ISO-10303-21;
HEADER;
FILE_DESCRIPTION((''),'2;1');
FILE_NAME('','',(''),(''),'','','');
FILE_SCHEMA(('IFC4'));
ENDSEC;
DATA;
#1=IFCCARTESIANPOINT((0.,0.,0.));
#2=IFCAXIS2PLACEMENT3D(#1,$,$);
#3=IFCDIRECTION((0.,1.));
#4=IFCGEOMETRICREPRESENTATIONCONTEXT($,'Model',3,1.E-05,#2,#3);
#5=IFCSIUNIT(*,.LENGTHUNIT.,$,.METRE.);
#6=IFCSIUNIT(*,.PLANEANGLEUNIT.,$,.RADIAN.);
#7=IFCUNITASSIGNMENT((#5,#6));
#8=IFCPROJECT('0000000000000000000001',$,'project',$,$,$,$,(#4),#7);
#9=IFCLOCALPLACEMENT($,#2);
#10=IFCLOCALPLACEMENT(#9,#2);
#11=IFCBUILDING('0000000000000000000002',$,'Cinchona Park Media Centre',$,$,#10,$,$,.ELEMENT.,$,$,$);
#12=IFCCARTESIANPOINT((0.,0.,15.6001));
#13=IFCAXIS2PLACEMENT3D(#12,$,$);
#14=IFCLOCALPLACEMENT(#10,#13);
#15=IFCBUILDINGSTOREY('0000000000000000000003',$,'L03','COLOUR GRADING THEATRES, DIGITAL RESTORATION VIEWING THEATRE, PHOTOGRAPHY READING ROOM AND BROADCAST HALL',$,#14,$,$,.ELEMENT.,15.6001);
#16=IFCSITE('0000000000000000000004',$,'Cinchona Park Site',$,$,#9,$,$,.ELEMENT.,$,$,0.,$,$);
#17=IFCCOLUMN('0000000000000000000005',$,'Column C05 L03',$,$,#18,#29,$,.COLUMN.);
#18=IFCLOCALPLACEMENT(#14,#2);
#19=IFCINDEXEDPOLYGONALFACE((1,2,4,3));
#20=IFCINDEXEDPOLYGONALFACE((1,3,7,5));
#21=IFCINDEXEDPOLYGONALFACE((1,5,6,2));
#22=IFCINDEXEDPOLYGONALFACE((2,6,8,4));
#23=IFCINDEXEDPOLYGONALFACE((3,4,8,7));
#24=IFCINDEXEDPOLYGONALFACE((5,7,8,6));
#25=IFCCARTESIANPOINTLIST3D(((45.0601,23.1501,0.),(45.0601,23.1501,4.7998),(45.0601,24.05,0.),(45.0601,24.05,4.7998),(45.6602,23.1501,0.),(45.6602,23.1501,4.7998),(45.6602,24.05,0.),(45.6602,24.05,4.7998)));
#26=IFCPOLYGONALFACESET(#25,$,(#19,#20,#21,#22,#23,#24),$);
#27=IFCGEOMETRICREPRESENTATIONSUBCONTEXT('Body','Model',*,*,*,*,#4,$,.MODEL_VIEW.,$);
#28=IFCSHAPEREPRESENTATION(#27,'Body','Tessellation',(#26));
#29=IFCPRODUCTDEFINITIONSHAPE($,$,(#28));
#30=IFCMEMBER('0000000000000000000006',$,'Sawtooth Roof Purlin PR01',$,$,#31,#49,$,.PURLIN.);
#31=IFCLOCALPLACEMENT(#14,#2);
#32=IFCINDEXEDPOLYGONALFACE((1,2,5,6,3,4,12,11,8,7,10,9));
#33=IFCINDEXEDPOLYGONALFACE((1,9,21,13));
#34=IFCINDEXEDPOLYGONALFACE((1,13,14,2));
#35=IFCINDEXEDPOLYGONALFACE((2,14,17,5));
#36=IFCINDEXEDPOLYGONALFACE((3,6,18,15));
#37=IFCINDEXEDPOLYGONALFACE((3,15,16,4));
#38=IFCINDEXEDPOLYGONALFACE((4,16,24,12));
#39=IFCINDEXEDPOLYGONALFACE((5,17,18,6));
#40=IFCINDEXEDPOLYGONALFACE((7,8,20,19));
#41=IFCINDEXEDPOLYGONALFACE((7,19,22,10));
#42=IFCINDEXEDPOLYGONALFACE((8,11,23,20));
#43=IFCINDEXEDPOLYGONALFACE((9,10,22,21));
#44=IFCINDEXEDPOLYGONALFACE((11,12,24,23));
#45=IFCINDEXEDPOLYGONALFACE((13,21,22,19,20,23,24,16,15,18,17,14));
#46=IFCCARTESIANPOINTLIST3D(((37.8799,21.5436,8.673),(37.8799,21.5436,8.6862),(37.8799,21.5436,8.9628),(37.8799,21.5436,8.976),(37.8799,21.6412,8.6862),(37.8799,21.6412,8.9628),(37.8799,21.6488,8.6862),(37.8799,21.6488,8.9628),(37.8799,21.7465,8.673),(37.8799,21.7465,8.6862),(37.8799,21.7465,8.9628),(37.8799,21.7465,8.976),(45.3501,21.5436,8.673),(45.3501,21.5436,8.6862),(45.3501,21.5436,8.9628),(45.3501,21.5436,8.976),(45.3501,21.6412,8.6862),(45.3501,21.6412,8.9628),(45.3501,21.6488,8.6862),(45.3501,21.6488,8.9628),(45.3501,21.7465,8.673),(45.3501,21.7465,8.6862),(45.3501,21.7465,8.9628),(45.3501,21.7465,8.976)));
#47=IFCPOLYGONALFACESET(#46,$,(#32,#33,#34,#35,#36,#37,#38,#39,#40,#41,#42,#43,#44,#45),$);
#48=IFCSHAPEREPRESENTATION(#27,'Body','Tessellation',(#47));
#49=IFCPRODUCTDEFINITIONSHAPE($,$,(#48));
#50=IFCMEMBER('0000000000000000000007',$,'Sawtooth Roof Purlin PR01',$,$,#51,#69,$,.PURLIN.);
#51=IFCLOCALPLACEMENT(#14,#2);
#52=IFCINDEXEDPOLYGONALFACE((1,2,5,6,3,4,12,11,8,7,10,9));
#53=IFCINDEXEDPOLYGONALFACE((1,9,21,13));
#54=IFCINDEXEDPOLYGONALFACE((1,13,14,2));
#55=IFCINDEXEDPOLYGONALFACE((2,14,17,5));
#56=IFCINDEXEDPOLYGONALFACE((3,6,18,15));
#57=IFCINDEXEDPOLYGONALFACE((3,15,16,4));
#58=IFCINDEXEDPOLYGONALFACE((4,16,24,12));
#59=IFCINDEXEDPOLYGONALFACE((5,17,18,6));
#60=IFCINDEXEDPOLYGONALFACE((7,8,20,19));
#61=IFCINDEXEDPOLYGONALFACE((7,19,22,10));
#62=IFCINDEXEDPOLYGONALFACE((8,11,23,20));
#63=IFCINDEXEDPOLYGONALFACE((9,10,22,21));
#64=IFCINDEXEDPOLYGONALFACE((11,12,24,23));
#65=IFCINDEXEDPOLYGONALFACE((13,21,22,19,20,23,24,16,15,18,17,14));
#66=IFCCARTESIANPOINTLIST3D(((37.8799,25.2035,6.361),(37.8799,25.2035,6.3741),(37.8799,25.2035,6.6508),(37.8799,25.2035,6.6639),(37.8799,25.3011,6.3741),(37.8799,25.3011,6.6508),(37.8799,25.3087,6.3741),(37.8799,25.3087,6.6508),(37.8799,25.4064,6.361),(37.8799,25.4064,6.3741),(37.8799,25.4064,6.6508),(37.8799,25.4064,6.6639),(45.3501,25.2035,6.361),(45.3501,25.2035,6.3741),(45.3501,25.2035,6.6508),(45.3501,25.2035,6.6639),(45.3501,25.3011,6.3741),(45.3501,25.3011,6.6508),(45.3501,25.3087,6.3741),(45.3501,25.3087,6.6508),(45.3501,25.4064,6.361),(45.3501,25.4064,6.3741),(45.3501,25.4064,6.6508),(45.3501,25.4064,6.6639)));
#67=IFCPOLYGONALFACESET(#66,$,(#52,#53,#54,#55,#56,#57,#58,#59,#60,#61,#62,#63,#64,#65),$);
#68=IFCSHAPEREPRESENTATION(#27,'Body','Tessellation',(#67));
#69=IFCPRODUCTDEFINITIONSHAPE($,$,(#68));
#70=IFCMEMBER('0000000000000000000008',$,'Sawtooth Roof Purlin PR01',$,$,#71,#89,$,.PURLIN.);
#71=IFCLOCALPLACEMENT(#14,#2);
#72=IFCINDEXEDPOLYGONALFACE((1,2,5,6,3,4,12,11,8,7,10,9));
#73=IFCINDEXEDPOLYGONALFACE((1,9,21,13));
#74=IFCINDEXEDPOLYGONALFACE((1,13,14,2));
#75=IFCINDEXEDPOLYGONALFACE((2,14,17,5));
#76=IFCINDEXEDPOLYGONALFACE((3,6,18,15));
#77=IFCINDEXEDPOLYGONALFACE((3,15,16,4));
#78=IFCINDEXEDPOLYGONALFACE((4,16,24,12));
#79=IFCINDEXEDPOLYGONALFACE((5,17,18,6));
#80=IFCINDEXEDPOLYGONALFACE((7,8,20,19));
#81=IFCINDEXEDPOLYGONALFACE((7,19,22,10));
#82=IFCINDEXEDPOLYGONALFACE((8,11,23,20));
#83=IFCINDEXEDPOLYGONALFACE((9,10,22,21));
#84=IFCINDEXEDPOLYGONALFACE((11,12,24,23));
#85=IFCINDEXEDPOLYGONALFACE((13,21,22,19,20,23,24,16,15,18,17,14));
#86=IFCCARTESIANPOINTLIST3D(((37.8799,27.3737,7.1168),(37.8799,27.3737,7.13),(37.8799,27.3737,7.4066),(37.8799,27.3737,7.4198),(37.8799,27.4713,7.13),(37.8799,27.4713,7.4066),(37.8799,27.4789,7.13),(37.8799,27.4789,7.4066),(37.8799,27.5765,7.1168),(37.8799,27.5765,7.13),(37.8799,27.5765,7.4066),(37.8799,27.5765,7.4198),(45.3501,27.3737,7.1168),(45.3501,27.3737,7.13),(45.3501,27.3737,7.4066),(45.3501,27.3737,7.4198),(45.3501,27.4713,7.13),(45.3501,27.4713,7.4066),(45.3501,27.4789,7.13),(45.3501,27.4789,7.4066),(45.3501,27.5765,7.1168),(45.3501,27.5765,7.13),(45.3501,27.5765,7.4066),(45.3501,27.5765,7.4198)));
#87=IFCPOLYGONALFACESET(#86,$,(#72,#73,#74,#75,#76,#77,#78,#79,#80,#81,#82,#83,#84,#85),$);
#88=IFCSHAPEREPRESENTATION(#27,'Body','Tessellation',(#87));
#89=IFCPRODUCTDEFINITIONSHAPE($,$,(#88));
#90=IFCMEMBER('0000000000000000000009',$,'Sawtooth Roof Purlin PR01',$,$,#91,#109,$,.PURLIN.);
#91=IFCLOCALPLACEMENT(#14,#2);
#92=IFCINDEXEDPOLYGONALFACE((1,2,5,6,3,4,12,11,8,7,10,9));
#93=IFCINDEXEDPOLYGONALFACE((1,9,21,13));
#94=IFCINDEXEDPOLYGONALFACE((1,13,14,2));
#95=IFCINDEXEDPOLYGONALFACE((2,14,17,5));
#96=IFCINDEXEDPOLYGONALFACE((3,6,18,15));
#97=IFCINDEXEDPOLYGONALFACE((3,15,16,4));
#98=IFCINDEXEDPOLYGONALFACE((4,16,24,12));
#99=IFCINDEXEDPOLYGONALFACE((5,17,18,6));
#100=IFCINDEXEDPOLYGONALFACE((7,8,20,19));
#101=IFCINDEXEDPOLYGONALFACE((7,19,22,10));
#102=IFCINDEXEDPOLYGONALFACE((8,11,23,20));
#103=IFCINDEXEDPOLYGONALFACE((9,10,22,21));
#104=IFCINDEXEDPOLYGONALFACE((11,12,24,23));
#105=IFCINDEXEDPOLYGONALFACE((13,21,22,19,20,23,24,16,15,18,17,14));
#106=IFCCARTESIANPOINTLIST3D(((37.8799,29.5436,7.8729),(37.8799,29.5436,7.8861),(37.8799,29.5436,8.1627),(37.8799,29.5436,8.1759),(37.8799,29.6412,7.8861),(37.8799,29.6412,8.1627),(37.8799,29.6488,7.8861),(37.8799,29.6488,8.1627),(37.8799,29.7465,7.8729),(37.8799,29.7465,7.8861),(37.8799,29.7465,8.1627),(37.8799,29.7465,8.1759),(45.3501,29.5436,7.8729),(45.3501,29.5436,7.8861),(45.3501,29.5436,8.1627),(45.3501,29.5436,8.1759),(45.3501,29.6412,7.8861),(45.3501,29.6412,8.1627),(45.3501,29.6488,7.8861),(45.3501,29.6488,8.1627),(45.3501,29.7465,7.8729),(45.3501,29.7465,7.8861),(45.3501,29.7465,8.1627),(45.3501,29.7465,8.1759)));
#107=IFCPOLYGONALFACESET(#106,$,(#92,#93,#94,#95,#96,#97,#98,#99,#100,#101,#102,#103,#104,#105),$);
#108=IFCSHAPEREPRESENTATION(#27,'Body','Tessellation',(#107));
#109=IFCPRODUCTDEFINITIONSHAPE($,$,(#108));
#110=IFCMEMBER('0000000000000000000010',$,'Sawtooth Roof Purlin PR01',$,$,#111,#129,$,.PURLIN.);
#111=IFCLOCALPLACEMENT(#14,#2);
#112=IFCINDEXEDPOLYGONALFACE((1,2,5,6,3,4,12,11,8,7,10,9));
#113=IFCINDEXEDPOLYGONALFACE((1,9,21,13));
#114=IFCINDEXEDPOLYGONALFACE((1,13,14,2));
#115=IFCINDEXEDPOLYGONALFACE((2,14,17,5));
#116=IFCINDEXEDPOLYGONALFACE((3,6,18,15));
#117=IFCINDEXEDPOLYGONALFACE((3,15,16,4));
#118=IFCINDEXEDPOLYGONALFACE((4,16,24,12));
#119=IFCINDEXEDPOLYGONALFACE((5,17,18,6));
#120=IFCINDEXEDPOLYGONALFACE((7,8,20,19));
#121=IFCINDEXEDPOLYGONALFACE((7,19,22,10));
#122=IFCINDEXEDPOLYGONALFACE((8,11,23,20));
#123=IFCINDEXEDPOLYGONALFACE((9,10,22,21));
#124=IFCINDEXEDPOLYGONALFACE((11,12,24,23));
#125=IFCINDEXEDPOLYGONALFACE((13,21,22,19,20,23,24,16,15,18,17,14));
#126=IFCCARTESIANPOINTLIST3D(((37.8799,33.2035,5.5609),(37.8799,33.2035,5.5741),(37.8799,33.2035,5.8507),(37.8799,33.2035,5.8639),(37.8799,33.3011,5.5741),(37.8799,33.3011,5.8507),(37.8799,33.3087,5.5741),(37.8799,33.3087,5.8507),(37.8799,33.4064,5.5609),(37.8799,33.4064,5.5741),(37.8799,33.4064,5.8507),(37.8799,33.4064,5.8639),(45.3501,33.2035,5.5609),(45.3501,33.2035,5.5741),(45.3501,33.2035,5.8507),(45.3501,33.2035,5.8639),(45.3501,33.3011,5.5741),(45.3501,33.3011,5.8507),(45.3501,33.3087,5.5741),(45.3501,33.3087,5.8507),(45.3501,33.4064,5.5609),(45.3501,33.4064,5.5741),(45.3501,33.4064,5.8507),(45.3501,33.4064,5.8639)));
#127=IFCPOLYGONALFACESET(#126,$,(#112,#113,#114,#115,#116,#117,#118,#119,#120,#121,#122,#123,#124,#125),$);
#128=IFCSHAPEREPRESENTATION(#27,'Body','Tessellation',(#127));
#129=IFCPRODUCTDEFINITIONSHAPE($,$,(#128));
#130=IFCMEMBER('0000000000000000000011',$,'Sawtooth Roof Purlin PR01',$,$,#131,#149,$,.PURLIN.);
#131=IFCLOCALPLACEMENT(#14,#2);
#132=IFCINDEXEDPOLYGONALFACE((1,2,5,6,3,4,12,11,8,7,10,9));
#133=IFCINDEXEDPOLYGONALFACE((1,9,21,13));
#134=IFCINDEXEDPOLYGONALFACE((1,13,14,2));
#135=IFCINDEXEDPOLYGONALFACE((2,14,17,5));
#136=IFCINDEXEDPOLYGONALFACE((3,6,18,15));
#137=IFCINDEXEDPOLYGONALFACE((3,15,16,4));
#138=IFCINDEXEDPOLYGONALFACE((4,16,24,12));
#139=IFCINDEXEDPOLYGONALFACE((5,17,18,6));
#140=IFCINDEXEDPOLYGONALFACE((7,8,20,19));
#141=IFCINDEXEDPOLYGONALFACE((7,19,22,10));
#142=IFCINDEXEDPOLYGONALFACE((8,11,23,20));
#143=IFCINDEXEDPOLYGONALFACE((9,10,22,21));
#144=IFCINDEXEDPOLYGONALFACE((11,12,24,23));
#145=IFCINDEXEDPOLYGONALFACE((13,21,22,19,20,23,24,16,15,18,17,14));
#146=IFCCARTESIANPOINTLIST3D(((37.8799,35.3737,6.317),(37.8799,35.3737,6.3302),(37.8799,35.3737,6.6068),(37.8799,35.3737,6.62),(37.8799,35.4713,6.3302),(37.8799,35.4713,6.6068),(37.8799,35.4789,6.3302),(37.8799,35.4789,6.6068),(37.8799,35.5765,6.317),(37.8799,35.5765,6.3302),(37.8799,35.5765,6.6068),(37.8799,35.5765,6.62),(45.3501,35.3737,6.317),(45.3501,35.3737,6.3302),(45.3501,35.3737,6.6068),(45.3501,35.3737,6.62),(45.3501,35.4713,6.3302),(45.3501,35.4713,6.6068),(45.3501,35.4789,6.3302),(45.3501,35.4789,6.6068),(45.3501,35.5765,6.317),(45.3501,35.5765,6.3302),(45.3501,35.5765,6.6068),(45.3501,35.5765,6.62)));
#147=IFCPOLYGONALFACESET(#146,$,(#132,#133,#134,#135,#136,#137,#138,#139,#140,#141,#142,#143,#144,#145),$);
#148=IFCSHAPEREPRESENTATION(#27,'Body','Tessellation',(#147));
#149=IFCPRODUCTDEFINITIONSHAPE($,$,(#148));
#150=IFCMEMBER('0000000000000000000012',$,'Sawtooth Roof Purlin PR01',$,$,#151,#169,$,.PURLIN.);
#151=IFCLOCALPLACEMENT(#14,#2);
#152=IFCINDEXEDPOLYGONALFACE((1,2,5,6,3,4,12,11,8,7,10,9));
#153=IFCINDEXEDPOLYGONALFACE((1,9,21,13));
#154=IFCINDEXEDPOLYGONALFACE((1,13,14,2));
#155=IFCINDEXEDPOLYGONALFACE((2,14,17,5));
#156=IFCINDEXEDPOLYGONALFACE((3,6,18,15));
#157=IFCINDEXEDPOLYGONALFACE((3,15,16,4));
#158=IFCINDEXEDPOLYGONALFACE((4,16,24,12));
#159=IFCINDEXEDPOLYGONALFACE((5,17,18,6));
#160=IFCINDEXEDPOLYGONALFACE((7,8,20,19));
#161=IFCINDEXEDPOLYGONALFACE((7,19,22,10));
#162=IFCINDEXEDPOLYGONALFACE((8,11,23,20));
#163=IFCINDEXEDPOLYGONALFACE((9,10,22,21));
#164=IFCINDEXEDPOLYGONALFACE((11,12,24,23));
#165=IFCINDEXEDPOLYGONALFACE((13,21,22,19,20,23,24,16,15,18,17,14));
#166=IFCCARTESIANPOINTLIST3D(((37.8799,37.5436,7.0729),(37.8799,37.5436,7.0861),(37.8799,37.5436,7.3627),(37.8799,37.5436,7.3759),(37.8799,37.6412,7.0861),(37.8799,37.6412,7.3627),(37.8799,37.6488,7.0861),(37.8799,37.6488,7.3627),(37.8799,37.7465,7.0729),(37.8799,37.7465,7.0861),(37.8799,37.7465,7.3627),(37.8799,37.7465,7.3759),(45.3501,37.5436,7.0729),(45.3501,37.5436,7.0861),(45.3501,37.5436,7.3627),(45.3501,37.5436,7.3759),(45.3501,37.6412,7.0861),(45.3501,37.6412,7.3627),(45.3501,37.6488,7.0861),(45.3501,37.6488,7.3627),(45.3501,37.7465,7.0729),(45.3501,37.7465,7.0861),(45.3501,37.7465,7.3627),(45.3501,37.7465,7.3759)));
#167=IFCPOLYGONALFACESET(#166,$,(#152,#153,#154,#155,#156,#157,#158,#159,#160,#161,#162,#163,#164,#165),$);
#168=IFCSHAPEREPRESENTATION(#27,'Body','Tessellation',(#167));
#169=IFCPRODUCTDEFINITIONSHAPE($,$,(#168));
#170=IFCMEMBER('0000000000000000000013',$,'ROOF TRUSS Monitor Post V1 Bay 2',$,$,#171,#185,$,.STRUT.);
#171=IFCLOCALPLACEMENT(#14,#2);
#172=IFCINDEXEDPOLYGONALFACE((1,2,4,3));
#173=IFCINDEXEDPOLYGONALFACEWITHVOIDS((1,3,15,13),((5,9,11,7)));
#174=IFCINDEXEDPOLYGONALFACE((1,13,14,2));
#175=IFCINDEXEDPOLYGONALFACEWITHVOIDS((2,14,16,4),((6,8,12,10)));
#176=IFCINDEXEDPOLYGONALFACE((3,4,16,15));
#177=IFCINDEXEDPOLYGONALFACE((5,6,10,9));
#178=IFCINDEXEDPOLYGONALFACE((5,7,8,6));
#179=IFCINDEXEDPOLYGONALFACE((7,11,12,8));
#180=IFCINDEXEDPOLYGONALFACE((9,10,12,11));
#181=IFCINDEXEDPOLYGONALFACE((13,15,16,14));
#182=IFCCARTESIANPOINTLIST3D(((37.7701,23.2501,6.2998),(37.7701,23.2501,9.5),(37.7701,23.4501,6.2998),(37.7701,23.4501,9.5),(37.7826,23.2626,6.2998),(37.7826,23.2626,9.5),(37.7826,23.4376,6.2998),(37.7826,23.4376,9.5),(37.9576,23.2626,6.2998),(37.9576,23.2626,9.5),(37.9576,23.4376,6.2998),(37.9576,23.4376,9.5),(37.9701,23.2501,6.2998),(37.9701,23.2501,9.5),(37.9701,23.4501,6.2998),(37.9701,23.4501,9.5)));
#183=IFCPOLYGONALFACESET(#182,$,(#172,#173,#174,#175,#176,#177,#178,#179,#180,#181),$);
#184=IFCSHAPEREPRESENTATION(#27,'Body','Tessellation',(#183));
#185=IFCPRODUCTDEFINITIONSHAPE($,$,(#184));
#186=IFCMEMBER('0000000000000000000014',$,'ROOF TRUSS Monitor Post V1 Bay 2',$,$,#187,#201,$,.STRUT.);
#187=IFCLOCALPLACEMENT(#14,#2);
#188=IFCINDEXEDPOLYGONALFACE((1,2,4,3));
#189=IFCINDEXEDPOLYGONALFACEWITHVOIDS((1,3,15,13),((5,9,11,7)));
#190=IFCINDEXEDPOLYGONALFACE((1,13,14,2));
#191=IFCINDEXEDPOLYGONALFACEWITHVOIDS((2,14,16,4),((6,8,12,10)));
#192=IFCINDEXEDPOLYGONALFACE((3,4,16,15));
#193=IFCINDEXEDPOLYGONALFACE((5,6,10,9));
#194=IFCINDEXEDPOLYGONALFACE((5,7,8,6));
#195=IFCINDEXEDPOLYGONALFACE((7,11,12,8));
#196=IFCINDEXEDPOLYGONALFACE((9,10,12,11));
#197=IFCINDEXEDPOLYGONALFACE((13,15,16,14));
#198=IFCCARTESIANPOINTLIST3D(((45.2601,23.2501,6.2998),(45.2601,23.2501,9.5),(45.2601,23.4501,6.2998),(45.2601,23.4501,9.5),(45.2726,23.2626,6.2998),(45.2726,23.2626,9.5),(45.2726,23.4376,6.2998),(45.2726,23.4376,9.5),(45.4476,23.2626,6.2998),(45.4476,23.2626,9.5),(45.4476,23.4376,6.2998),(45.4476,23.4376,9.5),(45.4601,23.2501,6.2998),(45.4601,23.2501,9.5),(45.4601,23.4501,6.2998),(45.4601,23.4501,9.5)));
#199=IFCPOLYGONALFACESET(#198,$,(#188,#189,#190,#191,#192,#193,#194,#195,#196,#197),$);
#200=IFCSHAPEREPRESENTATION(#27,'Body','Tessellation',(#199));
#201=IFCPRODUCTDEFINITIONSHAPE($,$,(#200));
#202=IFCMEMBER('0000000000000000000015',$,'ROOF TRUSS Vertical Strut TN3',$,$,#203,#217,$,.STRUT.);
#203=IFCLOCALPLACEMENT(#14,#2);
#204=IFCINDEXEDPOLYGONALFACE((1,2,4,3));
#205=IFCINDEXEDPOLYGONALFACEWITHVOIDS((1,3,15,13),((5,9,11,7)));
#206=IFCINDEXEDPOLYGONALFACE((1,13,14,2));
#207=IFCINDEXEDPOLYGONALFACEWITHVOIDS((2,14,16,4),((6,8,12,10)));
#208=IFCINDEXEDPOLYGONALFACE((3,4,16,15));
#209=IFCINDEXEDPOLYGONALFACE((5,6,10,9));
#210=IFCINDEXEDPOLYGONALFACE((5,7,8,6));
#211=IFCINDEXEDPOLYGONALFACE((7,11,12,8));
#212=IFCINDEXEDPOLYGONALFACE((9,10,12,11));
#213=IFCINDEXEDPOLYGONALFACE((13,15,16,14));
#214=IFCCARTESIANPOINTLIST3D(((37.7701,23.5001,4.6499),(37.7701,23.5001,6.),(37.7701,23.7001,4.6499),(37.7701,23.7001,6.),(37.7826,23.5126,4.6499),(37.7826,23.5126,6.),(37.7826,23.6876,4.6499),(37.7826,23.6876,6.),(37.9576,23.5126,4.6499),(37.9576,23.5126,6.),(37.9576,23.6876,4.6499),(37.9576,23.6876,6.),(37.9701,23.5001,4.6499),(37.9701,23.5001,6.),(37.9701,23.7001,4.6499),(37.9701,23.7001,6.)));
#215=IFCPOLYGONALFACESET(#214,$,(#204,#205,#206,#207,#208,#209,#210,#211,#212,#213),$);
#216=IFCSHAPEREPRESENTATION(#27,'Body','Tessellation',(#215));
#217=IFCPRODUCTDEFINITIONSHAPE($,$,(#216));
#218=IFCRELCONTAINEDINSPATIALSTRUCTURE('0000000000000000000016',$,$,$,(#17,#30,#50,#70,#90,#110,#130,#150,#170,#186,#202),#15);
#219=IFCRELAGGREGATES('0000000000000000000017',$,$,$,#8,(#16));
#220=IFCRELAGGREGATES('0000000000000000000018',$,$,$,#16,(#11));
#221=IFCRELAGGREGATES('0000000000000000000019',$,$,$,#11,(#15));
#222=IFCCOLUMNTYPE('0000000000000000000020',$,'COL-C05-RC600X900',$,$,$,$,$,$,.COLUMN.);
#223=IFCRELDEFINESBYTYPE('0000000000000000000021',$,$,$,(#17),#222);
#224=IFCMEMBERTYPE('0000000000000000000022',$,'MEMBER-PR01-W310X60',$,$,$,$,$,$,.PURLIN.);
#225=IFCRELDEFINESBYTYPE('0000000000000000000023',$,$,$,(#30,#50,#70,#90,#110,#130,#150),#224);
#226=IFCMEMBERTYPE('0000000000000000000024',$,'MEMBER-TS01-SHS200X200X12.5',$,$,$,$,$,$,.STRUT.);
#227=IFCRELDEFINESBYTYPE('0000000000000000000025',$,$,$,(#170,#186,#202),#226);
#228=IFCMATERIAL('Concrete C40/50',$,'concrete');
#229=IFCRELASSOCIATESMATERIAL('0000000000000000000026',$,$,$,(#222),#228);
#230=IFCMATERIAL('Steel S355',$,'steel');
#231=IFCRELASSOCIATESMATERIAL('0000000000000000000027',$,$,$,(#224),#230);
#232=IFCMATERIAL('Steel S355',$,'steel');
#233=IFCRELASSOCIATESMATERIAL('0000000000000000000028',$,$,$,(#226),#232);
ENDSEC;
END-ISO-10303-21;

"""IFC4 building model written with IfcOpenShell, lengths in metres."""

from ifc_helpers import new_model, si_unit, direction, frame, origin, origin_2d, place, context, subcontext, project, spatial, rectangle, hollow_rectangle, i_section, extrude, material, material_profile, profile_set, type_object, element, save


model = new_model("IFC4")

# Units and contexts
model_context = context("Model", 3, precision=1e-05, world=origin(), true_north=direction((0.0, 1.0)))
body_context = subcontext(model_context, "Body", "Model", "MODEL_VIEW")
ifc_project = project(units=[si_unit("LENGTHUNIT", "METRE"), si_unit("PLANEANGLEUNIT", "RADIAN")], contexts=[model_context])

# Site, building, storey
site_placement = place(None, origin())
site = spatial("IfcSite", under=ifc_project, at=site_placement, Name="Cinchona Park Site", CompositionType="ELEMENT", RefElevation=0.0)
building_placement = place(site_placement, origin())
building = spatial("IfcBuilding", under=site, at=building_placement, Name="Cinchona Park Media Centre", CompositionType="ELEMENT")
storey_placement = place(building_placement, frame((0.0, 0.0, 15.6001)))
storey = spatial("IfcBuildingStorey", under=building, at=storey_placement, Name="L03", Description="COLOUR GRADING THEATRES, DIGITAL RESTORATION VIEWING THEATRE, PHOTOGRAPHY READING ROOM AND BROADCAST HALL", CompositionType="ELEMENT", Elevation=15.6001)

# Column
ifc_material_1 = material(Name="Concrete C40/50", Category="concrete")
ifc_material_profile_1 = material_profile(ifc_material_1, rectangle(XDim=0.6001, YDim=0.8999, at=origin_2d()), Name="RC 600X900")
ifc_profile_set_1 = profile_set([ifc_material_profile_1], Name="Concrete C40/50")
column_type = type_object("IfcColumnType", Name="COL-C05-RC600X900", PredefinedType="COLUMN", material=ifc_profile_set_1)
column_placement = place(storey_placement, frame((45.3601, 23.6001, 0.0), z_axis=(0.0, 0.0, 1.0), x_axis=(1.0, 0.0, 0.0)))
element("IfcColumn", 1, at=column_placement, inside=storey, type_object=column_type, Name="Column C05 L03", PredefinedType="COLUMN", context=body_context, shape_type="SweptSolid", body=[
    extrude(rectangle(XDim=0.6001, YDim=0.8999, at=origin_2d()), origin(), (0.0, 0.0, 1.0), 4.7998),
])

# Members
ifc_material_2 = material(Name="Steel S355", Category="steel")
ifc_material_profile_2 = material_profile(ifc_material_2, i_section(OverallWidth=0.2029, OverallDepth=0.303, WebThickness=0.0076, FlangeThickness=0.0132, at=origin_2d()), Name="W310X60")
ifc_profile_set_2 = profile_set([ifc_material_profile_2], Name="Steel S355")
member_type_1 = type_object("IfcMemberType", Name="MEMBER-PR01-W310X60", PredefinedType="PURLIN", material=ifc_profile_set_2)
for number, where, z_axis, x_axis, name in (
    (2, (37.8799, 21.645, 8.8245), (1.0, 0.0, 0.0), (0.0, 1.0, 0.0), "Sawtooth Roof Purlin PR01"),
    (3, (37.8799, 25.3049, 6.5125), (1.0, 0.0, 0.0), (0.0, 1.0, 0.0), "Sawtooth Roof Purlin PR01"),
    (4, (37.8799, 27.4751, 7.2683), (1.0, 0.0, 0.0), (0.0, 1.0, 0.0), "Sawtooth Roof Purlin PR01"),
    (5, (37.8799, 29.645, 8.0244), (1.0, 0.0, 0.0), (0.0, 1.0, 0.0), "Sawtooth Roof Purlin PR01"),
    (6, (37.8799, 33.3049, 5.7124), (1.0, 0.0, 0.0), (0.0, 1.0, 0.0), "Sawtooth Roof Purlin PR01"),
    (7, (37.8799, 35.4751, 6.4685), (1.0, 0.0, 0.0), (0.0, 1.0, 0.0), "Sawtooth Roof Purlin PR01"),
    (8, (37.8799, 37.645, 7.2244), (1.0, 0.0, 0.0), (0.0, 1.0, 0.0), "Sawtooth Roof Purlin PR01"),
):
    element("IfcMember", number, at=place(storey_placement, frame(where, z_axis=z_axis, x_axis=x_axis)), inside=storey, type_object=member_type_1, Name=name, PredefinedType="PURLIN", context=body_context, shape_type="SweptSolid", body=[
        extrude(i_section(OverallWidth=0.2029, OverallDepth=0.303, WebThickness=0.0076, FlangeThickness=0.0132, at=origin_2d()), origin(), (0.0, 0.0, 1.0), 7.4702),
    ])
ifc_material_3 = material(Name="Steel S355", Category="steel")
ifc_material_profile_3 = material_profile(ifc_material_3, hollow_rectangle(XDim=0.2, YDim=0.2, WallThickness=0.0125, at=origin_2d()), Name="200X200X12.5SHS")
ifc_profile_set_3 = profile_set([ifc_material_profile_3], Name="Steel S355")
member_type_2 = type_object("IfcMemberType", Name="MEMBER-TS01-SHS200X200X12.5", PredefinedType="STRUT", material=ifc_profile_set_3)
for number, where, z_axis, x_axis, name in (
    (9, (37.8701, 23.3501, 6.2998), (0.0, 0.0, 1.0), (1.0, 0.0, 0.0), "ROOF TRUSS Monitor Post V1 Bay 2"),
    (10, (45.3601, 23.3501, 6.2998), (0.0, 0.0, 1.0), (1.0, 0.0, 0.0), "ROOF TRUSS Monitor Post V1 Bay 2"),
):
    element("IfcMember", number, at=place(storey_placement, frame(where, z_axis=z_axis, x_axis=x_axis)), inside=storey, type_object=member_type_2, Name=name, PredefinedType="STRUT", context=body_context, shape_type="SweptSolid", body=[
        extrude(hollow_rectangle(XDim=0.2, YDim=0.2, WallThickness=0.0125, at=origin_2d()), origin(), (0.0, 0.0, 1.0), 3.2002),
    ])
member_1_placement = place(storey_placement, frame((37.8701, 23.6001, 4.6499), z_axis=(0.0, 0.0, 1.0), x_axis=(1.0, 0.0, 0.0)))
element("IfcMember", 11, at=member_1_placement, inside=storey, type_object=member_type_2, Name="ROOF TRUSS Vertical Strut TN3", PredefinedType="STRUT", context=body_context, shape_type="SweptSolid", body=[
    extrude(hollow_rectangle(XDim=0.2, YDim=0.2, WallThickness=0.0125, at=origin_2d()), origin(), (0.0, 0.0, 1.0), 1.3501),
])

save(model, "model.ifc")
